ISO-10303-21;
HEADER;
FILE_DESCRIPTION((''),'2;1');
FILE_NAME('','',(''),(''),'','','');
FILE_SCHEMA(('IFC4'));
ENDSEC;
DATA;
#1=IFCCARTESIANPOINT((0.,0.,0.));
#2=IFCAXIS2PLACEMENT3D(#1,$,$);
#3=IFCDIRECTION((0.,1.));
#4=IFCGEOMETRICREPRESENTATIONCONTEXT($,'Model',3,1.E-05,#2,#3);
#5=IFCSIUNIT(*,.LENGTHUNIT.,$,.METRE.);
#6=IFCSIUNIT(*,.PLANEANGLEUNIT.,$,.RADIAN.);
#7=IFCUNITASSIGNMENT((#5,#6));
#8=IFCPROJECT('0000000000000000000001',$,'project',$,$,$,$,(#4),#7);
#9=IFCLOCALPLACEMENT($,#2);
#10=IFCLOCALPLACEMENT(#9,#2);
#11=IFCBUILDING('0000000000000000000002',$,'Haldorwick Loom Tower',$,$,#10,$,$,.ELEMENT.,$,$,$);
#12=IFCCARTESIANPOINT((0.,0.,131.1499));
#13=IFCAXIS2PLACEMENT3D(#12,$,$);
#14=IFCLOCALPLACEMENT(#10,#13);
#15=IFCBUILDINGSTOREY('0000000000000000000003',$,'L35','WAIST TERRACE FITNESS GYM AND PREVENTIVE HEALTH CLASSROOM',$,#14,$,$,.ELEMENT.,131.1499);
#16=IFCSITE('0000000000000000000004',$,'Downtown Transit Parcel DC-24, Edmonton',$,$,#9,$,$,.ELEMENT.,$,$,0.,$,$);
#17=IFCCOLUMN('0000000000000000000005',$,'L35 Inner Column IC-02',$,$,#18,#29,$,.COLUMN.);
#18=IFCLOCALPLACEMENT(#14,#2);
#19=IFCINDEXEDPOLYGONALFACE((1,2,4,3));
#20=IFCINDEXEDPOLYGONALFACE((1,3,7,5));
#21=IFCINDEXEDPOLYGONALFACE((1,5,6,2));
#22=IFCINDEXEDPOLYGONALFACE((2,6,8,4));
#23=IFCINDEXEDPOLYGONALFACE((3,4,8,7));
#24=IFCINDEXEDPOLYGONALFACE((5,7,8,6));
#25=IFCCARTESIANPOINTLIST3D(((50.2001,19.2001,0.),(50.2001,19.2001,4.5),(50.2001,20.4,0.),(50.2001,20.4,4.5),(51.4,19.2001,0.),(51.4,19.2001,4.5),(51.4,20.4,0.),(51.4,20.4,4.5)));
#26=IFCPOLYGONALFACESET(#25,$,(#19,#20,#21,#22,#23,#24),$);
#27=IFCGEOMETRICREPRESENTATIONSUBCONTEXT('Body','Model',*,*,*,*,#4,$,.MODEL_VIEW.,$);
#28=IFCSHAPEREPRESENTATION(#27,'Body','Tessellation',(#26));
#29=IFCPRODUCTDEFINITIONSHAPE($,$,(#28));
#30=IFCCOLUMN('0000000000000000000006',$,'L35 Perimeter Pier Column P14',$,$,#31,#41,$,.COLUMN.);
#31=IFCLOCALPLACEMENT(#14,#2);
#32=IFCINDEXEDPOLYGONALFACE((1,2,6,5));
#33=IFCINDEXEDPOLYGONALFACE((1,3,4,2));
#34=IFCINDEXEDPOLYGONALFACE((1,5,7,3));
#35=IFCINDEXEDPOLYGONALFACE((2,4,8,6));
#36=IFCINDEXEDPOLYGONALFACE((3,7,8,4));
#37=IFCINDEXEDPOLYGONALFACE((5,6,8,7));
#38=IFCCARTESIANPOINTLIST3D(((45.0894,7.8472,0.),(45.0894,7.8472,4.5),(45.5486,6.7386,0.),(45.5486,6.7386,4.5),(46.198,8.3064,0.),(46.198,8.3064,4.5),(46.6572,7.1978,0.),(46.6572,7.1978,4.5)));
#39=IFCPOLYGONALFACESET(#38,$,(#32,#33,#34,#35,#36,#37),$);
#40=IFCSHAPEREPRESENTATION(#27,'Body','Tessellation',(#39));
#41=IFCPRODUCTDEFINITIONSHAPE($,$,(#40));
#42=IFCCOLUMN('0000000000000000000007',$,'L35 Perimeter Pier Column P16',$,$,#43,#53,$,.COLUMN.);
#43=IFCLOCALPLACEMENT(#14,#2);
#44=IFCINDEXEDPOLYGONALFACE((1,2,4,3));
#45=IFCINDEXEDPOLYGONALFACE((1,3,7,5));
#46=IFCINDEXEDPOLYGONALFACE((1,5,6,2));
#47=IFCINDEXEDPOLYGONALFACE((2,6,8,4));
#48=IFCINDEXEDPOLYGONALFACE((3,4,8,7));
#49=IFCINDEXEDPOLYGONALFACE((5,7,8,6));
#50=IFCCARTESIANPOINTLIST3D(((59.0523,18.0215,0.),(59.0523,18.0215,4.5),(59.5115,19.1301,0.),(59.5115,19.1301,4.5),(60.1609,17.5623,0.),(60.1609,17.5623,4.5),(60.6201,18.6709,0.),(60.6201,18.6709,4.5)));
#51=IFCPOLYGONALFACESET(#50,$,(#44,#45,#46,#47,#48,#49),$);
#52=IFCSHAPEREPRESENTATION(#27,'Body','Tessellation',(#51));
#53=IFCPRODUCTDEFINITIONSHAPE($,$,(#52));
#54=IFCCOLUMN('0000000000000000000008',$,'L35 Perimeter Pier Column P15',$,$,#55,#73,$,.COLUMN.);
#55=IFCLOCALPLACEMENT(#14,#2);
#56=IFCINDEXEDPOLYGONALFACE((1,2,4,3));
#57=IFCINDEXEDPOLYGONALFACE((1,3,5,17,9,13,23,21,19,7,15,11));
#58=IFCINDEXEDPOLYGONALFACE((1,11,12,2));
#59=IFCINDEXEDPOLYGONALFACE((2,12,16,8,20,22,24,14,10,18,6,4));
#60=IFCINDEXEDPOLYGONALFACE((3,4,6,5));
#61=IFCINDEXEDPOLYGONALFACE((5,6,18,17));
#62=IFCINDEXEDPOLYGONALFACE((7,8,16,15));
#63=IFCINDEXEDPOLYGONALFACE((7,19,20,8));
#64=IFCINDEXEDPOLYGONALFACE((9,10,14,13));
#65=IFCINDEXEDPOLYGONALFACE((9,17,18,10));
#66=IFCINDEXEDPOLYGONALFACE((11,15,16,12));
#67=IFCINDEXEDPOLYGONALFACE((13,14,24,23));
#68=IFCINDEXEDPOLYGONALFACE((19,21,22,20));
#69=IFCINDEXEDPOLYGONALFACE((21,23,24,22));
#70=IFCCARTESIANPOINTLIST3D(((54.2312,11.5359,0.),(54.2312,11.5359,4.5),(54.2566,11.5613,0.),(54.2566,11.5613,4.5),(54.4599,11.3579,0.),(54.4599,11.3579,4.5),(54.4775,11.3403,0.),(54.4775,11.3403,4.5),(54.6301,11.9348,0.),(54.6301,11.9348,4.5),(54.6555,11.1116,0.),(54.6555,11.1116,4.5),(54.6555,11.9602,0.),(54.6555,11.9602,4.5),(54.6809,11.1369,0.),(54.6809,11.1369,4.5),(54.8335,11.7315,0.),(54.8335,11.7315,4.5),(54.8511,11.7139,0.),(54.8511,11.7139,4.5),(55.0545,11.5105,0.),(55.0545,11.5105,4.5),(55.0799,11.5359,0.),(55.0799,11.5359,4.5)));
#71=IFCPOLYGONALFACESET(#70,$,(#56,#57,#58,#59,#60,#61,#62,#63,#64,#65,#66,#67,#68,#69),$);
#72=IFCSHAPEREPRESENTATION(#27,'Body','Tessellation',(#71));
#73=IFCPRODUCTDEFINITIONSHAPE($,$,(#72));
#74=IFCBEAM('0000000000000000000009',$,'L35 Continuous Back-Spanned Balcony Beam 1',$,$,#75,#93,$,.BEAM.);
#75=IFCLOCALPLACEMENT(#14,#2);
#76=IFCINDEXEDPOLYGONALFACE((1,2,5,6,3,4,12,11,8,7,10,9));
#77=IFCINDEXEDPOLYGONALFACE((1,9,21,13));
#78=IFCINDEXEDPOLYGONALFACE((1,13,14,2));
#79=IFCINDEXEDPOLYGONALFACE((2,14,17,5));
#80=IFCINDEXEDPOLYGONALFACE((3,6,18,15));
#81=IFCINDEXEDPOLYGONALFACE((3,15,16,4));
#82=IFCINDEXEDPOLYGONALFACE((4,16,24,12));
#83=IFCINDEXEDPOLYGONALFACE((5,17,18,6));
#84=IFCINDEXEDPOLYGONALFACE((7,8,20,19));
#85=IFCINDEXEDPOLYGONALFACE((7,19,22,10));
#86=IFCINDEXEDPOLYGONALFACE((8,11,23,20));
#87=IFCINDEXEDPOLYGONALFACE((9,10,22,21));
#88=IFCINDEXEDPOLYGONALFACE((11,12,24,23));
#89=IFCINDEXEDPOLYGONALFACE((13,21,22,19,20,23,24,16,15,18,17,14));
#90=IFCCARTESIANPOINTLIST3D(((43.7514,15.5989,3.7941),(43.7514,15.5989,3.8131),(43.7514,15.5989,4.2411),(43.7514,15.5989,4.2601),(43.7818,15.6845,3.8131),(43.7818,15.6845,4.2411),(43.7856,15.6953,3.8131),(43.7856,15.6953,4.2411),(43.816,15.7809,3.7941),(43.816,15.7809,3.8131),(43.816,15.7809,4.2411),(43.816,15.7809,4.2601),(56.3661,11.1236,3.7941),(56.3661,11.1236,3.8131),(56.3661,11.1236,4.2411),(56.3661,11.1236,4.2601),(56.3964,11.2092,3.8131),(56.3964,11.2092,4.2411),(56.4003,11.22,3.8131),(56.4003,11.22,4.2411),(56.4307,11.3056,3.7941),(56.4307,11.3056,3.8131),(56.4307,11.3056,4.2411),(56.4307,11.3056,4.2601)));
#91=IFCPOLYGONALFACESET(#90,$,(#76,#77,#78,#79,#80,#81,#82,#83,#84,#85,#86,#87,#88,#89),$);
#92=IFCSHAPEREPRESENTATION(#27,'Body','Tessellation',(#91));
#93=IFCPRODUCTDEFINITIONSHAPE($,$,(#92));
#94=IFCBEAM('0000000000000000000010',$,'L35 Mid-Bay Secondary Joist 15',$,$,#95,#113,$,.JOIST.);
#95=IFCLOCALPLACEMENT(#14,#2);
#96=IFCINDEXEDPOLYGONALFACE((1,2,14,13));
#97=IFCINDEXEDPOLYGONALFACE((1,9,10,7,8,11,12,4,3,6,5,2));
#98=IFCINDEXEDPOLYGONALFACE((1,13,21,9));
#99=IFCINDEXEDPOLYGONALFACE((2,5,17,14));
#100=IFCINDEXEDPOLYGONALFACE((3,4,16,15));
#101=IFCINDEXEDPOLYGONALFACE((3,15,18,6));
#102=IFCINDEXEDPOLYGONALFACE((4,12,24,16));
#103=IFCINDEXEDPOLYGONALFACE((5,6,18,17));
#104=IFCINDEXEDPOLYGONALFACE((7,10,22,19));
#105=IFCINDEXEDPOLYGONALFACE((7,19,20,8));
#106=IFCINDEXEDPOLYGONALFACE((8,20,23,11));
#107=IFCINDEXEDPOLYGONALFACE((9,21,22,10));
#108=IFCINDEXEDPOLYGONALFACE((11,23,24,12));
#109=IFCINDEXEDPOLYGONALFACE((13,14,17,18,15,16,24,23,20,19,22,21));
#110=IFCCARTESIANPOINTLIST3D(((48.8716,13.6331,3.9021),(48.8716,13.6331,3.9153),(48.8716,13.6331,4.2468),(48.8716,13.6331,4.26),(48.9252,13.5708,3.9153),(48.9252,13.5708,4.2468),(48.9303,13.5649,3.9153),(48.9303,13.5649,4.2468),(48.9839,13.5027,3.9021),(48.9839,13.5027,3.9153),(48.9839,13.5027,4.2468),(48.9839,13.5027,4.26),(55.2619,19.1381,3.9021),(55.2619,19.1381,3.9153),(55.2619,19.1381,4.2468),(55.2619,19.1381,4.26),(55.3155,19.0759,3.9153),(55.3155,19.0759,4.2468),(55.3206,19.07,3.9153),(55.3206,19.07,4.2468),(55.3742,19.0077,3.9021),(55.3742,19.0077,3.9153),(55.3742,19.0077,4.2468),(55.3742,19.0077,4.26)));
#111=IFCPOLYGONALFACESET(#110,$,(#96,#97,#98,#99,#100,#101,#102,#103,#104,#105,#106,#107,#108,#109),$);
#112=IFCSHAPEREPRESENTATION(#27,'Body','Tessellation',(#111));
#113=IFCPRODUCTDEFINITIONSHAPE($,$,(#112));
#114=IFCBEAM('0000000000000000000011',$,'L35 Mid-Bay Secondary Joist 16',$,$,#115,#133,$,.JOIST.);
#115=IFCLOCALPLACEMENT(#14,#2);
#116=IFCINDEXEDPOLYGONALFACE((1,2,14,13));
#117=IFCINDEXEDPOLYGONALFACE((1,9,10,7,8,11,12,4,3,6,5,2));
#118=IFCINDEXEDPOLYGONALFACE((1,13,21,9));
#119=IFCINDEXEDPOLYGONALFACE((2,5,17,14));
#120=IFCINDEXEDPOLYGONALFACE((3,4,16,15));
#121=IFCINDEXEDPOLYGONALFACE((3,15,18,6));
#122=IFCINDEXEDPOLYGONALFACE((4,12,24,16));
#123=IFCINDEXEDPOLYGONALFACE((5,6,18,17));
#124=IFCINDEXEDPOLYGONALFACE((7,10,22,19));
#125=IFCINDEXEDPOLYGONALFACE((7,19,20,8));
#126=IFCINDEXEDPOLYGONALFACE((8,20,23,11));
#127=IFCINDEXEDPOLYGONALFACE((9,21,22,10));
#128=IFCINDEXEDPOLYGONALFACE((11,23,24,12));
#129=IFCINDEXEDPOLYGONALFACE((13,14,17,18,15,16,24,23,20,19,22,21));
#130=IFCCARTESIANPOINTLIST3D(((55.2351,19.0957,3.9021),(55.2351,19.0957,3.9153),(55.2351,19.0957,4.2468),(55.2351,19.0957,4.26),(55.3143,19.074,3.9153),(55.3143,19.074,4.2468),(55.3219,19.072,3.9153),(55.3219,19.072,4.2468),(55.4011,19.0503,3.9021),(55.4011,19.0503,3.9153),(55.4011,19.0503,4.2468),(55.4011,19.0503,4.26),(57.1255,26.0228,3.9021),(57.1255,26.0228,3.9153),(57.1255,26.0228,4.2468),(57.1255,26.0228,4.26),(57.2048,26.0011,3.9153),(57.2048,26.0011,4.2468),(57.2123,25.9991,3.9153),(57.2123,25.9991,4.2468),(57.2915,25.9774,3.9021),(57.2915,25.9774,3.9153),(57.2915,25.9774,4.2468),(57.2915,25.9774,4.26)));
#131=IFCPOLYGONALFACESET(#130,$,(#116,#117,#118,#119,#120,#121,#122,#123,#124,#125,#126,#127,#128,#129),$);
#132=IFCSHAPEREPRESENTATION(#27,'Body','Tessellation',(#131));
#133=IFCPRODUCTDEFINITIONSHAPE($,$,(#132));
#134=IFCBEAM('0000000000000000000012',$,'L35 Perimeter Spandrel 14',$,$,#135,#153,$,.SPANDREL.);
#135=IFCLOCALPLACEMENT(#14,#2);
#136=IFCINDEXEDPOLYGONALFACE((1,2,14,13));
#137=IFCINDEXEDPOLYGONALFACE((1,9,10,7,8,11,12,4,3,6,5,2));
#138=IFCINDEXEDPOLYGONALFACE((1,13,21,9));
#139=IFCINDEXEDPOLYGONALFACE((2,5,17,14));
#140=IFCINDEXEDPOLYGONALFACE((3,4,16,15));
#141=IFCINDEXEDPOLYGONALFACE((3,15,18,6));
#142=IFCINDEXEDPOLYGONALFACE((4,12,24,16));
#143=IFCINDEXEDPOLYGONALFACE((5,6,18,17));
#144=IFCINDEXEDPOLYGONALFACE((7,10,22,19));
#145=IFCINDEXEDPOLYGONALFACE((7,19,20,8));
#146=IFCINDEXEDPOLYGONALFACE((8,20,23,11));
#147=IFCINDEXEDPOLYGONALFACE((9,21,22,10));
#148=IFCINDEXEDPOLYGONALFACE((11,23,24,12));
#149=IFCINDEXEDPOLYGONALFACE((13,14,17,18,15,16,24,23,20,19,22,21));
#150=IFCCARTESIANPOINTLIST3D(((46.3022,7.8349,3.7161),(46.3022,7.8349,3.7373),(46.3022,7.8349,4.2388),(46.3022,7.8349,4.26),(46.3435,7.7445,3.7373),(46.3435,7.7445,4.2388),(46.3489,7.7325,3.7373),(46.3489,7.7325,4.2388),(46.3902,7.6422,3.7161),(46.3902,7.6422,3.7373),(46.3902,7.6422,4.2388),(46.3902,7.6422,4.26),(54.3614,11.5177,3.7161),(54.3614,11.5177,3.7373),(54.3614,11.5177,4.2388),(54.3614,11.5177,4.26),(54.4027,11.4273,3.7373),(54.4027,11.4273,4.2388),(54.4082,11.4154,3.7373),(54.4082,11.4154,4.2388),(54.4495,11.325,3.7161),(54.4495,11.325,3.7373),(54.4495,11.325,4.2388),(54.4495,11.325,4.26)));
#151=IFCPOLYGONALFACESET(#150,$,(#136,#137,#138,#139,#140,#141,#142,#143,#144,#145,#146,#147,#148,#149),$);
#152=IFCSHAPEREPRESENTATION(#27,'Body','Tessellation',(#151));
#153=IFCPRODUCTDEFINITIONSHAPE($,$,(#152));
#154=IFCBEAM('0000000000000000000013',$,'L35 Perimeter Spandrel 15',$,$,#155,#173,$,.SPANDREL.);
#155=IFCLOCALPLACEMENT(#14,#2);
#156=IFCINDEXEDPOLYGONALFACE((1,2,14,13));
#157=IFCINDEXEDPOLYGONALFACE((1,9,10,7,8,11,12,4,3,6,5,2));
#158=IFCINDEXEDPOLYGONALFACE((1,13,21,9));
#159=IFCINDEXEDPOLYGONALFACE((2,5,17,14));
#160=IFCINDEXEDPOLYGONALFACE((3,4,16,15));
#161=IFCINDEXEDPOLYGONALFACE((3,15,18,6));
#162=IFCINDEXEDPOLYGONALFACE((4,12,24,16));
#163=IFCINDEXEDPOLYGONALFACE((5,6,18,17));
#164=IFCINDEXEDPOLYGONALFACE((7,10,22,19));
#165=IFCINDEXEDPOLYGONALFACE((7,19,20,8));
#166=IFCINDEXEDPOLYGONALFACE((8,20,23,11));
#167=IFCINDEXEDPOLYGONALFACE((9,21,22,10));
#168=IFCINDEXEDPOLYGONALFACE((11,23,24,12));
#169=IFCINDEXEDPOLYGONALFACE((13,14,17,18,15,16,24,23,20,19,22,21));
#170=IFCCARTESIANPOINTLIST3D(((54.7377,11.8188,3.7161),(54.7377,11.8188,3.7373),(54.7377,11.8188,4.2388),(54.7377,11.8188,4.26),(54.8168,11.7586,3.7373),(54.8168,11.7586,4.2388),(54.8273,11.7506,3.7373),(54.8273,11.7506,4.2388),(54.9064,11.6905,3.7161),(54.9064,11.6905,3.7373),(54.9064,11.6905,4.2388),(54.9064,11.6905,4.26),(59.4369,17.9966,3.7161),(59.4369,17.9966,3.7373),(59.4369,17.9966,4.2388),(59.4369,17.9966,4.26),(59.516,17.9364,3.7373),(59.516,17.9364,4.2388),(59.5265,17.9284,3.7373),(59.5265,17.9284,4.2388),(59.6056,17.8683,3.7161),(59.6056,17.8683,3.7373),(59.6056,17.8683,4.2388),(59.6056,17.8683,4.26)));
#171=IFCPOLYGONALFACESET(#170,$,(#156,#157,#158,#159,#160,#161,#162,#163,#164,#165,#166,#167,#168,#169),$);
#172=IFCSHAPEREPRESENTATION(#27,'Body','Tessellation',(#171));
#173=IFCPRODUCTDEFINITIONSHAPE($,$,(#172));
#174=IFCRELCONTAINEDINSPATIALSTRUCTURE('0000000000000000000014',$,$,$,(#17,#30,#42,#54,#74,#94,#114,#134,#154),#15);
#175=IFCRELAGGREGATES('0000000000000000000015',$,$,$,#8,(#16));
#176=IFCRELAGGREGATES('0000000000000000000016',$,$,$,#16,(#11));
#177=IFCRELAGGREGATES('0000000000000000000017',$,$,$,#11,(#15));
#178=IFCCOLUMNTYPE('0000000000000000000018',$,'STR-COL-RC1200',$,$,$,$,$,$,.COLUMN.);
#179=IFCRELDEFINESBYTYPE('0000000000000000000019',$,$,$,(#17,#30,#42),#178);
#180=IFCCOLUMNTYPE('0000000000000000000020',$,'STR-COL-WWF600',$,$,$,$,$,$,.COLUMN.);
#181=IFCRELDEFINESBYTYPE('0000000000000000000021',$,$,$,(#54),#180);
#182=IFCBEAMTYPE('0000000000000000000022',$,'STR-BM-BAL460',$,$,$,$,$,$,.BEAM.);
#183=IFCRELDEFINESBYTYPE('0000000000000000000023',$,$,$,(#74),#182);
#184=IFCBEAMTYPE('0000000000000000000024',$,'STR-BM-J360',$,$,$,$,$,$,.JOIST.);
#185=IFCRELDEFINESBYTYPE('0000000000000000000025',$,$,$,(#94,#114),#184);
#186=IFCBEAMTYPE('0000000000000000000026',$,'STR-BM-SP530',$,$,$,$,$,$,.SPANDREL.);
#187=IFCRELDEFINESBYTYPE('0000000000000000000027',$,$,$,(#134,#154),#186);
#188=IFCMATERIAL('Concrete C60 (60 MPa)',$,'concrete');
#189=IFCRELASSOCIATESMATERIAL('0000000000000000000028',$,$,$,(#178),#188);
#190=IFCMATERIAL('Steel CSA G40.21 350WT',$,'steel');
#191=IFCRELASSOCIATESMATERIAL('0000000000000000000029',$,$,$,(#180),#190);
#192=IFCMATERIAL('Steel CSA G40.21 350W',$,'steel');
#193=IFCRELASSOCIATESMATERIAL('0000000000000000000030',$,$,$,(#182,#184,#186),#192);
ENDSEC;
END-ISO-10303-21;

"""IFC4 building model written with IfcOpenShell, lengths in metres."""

from ifc_helpers import new_model, si_unit, direction, frame, origin, origin_2d, place, context, subcontext, project, spatial, rectangle, i_section, extrude, material, material_profile, profile_set, type_object, element, save


model = new_model("IFC4")

# Units and contexts
model_context = context("Model", 3, precision=1e-05, world=origin(), true_north=direction((0.0, 1.0)))
body_context = subcontext(model_context, "Body", "Model", "MODEL_VIEW")
ifc_project = project(units=[si_unit("LENGTHUNIT", "METRE"), si_unit("PLANEANGLEUNIT", "RADIAN")], contexts=[model_context])

# Site, building, storey
site_placement = place(None, origin())
site = spatial("IfcSite", under=ifc_project, at=site_placement, Name="Downtown Transit Parcel DC-24, Edmonton", CompositionType="ELEMENT", RefElevation=0.0)
building_placement = place(site_placement, origin())
building = spatial("IfcBuilding", under=site, at=building_placement, Name="Haldorwick Loom Tower", CompositionType="ELEMENT")
storey_placement = place(building_placement, frame((0.0, 0.0, 131.1499)))
storey = spatial("IfcBuildingStorey", under=building, at=storey_placement, Name="L35", Description="WAIST TERRACE FITNESS GYM AND PREVENTIVE HEALTH CLASSROOM", CompositionType="ELEMENT", Elevation=131.1499)

# Columns
ifc_material_1 = material(Name="Concrete C60 (60 MPa)", Category="concrete")
ifc_material_profile_1 = material_profile(ifc_material_1, rectangle(XDim=1.2, YDim=1.2, at=origin_2d()), Name="RC1200X1200", Category="concrete")
ifc_profile_set_1 = profile_set([ifc_material_profile_1], Name="Concrete C60 (60 MPa)")
column_type_1 = type_object("IfcColumnType", Name="STR-COL-RC1200", PredefinedType="COLUMN", material=ifc_profile_set_1)
for number, where, z_axis, x_axis, name in (
    (1, (50.8, 19.8, 0.0), (0.0, 0.0, 1.0), (1.0, 0.0, 0.0), "L35 Inner Column IC-02"),
    (2, (45.8733, 7.5225, 0.0), (0.0, 0.0, 1.0), (0.382683, -0.92388, 0.0), "L35 Perimeter Pier Column P14"),
    (3, (59.8362, 18.3462, 0.0), (0.0, 0.0, 1.0), (0.92388, -0.382683, 0.0), "L35 Perimeter Pier Column P16"),
):
    element("IfcColumn", number, at=place(storey_placement, frame(where, z_axis=z_axis, x_axis=x_axis)), inside=storey, type_object=column_type_1, Name=name, PredefinedType="COLUMN", context=body_context, shape_type="SweptSolid", body=[
        extrude(rectangle(XDim=1.2, YDim=1.2, at=origin_2d()), origin(), (0.0, 0.0, 1.0), 4.5),
    ])
ifc_material_2 = material(Name="Steel CSA G40.21 350WT", Category="steel")
ifc_material_profile_2 = material_profile(ifc_material_2, i_section(OverallWidth=0.6001, OverallDepth=0.6001, WebThickness=0.0249, FlangeThickness=0.0359, at=origin_2d()), Name="WWF600X600", Category="steel")
ifc_profile_set_2 = profile_set([ifc_material_profile_2], Name="Steel CSA G40.21 350WT")
column_type_2 = type_object("IfcColumnType", Name="STR-COL-WWF600", PredefinedType="COLUMN", material=ifc_profile_set_2)
column_placement = place(storey_placement, frame((54.6555, 11.5359, 0.0), z_axis=(0.0, 0.0, 1.0), x_axis=(0.707107, -0.707107, 0.0)))
element("IfcColumn", 4, at=column_placement, inside=storey, type_object=column_type_2, Name="L35 Perimeter Pier Column P15", PredefinedType="COLUMN", context=body_context, shape_type="SweptSolid", body=[
    extrude(i_section(OverallWidth=0.6001, OverallDepth=0.6001, WebThickness=0.0249, FlangeThickness=0.0359, at=origin_2d()), origin(), (0.0, 0.0, 1.0), 4.5),
])

# Beams
ifc_material_3 = material(Name="Steel CSA G40.21 350W", Category="steel")
ifc_material_profile_3 = material_profile(ifc_material_3, i_section(OverallWidth=0.1931, OverallDepth=0.4661, WebThickness=0.0115, FlangeThickness=0.019, at=origin_2d()), Name="W460X97", Category="steel")
ifc_profile_set_3 = profile_set([ifc_material_profile_3], Name="Steel CSA G40.21 350W")
beam_type_1 = type_object("IfcBeamType", Name="STR-BM-BAL460", PredefinedType="BEAM", material=ifc_profile_set_3)
beam_1_placement = place(storey_placement, frame((43.7837, 15.6899, 4.0271), z_axis=(0.942448, -0.334353, 0.0), x_axis=(0.334353, 0.942448, 0.0)))
element("IfcBeam", 5, at=beam_1_placement, inside=storey, type_object=beam_type_1, Name="L35 Continuous Back-Spanned Balcony Beam 1", PredefinedType="BEAM", context=body_context, shape_type="SweptSolid", body=[
    extrude(i_section(OverallWidth=0.1931, OverallDepth=0.4661, WebThickness=0.0115, FlangeThickness=0.019, at=origin_2d()), origin(), (0.0, 0.0, 1.0), 13.385),
])
ifc_material_profile_4 = material_profile(ifc_material_3, i_section(OverallWidth=0.1721, OverallDepth=0.3579, WebThickness=0.0078, FlangeThickness=0.0132, at=origin_2d()), Name="W360X57", Category="steel")
ifc_profile_set_4 = profile_set([ifc_material_profile_4], Name="Steel CSA G40.21 350W")
beam_type_2 = type_object("IfcBeamType", Name="STR-BM-J360", PredefinedType="JOIST", material=ifc_profile_set_4)
beam_2_placement = place(storey_placement, frame((48.9277, 13.5679, 4.0811), z_axis=(0.757634, 0.65268, 0.0), x_axis=(-0.65268, 0.757634, 0.0)))
element("IfcBeam", 6, at=beam_2_placement, inside=storey, type_object=beam_type_2, Name="L35 Mid-Bay Secondary Joist 15", PredefinedType="JOIST", context=body_context, shape_type="SweptSolid", body=[
    extrude(i_section(OverallWidth=0.1721, OverallDepth=0.3579, WebThickness=0.0078, FlangeThickness=0.0132, at=origin_2d()), origin(), (0.0, 0.0, 1.0), 8.4346),
])
beam_3_placement = place(storey_placement, frame((55.3181, 19.073, 4.0811), z_axis=(0.263273, 0.964721, 0.0), x_axis=(-0.964721, 0.263273, 0.0)))
element("IfcBeam", 7, at=beam_3_placement, inside=storey, type_object=beam_type_2, Name="L35 Mid-Bay Secondary Joist 16", PredefinedType="JOIST", context=body_context, shape_type="SweptSolid", body=[
    extrude(i_section(OverallWidth=0.1721, OverallDepth=0.3579, WebThickness=0.0078, FlangeThickness=0.0132, at=origin_2d()), origin(), (0.0, 0.0, 1.0), 7.1804),
])
ifc_material_profile_5 = material_profile(ifc_material_3, i_section(OverallWidth=0.2119, OverallDepth=0.5439, WebThickness=0.0132, FlangeThickness=0.0212, at=origin_2d()), Name="W530X123", Category="steel")
ifc_profile_set_5 = profile_set([ifc_material_profile_5], Name="Steel CSA G40.21 350W")
beam_type_3 = type_object("IfcBeamType", Name="STR-BM-SP530", PredefinedType="SPANDREL", material=ifc_profile_set_5)
beam_4_placement = place(storey_placement, frame((46.3462, 7.7385, 3.988), z_axis=(0.909534, 0.415629, 0.0), x_axis=(-0.415629, 0.909534, 0.0)))
element("IfcBeam", 8, at=beam_4_placement, inside=storey, type_object=beam_type_3, Name="L35 Perimeter Spandrel 14", PredefinedType="SPANDREL", context=body_context, shape_type="SweptSolid", body=[
    extrude(i_section(OverallWidth=0.2119, OverallDepth=0.5439, WebThickness=0.0132, FlangeThickness=0.0212, at=origin_2d()), origin(), (0.0, 0.0, 1.0), 8.8608),
])
beam_5_placement = place(storey_placement, frame((54.822, 11.7546, 3.988), z_axis=(0.605421, 0.795905, 0.0), x_axis=(-0.795905, 0.605421, 0.0)))
element("IfcBeam", 9, at=beam_5_placement, inside=storey, type_object=beam_type_3, Name="L35 Perimeter Spandrel 15", PredefinedType="SPANDREL", context=body_context, shape_type="SweptSolid", body=[
    extrude(i_section(OverallWidth=0.2119, OverallDepth=0.5439, WebThickness=0.0132, FlangeThickness=0.0212, at=origin_2d()), origin(), (0.0, 0.0, 1.0), 7.762),
])

save(model, "model.ifc")
